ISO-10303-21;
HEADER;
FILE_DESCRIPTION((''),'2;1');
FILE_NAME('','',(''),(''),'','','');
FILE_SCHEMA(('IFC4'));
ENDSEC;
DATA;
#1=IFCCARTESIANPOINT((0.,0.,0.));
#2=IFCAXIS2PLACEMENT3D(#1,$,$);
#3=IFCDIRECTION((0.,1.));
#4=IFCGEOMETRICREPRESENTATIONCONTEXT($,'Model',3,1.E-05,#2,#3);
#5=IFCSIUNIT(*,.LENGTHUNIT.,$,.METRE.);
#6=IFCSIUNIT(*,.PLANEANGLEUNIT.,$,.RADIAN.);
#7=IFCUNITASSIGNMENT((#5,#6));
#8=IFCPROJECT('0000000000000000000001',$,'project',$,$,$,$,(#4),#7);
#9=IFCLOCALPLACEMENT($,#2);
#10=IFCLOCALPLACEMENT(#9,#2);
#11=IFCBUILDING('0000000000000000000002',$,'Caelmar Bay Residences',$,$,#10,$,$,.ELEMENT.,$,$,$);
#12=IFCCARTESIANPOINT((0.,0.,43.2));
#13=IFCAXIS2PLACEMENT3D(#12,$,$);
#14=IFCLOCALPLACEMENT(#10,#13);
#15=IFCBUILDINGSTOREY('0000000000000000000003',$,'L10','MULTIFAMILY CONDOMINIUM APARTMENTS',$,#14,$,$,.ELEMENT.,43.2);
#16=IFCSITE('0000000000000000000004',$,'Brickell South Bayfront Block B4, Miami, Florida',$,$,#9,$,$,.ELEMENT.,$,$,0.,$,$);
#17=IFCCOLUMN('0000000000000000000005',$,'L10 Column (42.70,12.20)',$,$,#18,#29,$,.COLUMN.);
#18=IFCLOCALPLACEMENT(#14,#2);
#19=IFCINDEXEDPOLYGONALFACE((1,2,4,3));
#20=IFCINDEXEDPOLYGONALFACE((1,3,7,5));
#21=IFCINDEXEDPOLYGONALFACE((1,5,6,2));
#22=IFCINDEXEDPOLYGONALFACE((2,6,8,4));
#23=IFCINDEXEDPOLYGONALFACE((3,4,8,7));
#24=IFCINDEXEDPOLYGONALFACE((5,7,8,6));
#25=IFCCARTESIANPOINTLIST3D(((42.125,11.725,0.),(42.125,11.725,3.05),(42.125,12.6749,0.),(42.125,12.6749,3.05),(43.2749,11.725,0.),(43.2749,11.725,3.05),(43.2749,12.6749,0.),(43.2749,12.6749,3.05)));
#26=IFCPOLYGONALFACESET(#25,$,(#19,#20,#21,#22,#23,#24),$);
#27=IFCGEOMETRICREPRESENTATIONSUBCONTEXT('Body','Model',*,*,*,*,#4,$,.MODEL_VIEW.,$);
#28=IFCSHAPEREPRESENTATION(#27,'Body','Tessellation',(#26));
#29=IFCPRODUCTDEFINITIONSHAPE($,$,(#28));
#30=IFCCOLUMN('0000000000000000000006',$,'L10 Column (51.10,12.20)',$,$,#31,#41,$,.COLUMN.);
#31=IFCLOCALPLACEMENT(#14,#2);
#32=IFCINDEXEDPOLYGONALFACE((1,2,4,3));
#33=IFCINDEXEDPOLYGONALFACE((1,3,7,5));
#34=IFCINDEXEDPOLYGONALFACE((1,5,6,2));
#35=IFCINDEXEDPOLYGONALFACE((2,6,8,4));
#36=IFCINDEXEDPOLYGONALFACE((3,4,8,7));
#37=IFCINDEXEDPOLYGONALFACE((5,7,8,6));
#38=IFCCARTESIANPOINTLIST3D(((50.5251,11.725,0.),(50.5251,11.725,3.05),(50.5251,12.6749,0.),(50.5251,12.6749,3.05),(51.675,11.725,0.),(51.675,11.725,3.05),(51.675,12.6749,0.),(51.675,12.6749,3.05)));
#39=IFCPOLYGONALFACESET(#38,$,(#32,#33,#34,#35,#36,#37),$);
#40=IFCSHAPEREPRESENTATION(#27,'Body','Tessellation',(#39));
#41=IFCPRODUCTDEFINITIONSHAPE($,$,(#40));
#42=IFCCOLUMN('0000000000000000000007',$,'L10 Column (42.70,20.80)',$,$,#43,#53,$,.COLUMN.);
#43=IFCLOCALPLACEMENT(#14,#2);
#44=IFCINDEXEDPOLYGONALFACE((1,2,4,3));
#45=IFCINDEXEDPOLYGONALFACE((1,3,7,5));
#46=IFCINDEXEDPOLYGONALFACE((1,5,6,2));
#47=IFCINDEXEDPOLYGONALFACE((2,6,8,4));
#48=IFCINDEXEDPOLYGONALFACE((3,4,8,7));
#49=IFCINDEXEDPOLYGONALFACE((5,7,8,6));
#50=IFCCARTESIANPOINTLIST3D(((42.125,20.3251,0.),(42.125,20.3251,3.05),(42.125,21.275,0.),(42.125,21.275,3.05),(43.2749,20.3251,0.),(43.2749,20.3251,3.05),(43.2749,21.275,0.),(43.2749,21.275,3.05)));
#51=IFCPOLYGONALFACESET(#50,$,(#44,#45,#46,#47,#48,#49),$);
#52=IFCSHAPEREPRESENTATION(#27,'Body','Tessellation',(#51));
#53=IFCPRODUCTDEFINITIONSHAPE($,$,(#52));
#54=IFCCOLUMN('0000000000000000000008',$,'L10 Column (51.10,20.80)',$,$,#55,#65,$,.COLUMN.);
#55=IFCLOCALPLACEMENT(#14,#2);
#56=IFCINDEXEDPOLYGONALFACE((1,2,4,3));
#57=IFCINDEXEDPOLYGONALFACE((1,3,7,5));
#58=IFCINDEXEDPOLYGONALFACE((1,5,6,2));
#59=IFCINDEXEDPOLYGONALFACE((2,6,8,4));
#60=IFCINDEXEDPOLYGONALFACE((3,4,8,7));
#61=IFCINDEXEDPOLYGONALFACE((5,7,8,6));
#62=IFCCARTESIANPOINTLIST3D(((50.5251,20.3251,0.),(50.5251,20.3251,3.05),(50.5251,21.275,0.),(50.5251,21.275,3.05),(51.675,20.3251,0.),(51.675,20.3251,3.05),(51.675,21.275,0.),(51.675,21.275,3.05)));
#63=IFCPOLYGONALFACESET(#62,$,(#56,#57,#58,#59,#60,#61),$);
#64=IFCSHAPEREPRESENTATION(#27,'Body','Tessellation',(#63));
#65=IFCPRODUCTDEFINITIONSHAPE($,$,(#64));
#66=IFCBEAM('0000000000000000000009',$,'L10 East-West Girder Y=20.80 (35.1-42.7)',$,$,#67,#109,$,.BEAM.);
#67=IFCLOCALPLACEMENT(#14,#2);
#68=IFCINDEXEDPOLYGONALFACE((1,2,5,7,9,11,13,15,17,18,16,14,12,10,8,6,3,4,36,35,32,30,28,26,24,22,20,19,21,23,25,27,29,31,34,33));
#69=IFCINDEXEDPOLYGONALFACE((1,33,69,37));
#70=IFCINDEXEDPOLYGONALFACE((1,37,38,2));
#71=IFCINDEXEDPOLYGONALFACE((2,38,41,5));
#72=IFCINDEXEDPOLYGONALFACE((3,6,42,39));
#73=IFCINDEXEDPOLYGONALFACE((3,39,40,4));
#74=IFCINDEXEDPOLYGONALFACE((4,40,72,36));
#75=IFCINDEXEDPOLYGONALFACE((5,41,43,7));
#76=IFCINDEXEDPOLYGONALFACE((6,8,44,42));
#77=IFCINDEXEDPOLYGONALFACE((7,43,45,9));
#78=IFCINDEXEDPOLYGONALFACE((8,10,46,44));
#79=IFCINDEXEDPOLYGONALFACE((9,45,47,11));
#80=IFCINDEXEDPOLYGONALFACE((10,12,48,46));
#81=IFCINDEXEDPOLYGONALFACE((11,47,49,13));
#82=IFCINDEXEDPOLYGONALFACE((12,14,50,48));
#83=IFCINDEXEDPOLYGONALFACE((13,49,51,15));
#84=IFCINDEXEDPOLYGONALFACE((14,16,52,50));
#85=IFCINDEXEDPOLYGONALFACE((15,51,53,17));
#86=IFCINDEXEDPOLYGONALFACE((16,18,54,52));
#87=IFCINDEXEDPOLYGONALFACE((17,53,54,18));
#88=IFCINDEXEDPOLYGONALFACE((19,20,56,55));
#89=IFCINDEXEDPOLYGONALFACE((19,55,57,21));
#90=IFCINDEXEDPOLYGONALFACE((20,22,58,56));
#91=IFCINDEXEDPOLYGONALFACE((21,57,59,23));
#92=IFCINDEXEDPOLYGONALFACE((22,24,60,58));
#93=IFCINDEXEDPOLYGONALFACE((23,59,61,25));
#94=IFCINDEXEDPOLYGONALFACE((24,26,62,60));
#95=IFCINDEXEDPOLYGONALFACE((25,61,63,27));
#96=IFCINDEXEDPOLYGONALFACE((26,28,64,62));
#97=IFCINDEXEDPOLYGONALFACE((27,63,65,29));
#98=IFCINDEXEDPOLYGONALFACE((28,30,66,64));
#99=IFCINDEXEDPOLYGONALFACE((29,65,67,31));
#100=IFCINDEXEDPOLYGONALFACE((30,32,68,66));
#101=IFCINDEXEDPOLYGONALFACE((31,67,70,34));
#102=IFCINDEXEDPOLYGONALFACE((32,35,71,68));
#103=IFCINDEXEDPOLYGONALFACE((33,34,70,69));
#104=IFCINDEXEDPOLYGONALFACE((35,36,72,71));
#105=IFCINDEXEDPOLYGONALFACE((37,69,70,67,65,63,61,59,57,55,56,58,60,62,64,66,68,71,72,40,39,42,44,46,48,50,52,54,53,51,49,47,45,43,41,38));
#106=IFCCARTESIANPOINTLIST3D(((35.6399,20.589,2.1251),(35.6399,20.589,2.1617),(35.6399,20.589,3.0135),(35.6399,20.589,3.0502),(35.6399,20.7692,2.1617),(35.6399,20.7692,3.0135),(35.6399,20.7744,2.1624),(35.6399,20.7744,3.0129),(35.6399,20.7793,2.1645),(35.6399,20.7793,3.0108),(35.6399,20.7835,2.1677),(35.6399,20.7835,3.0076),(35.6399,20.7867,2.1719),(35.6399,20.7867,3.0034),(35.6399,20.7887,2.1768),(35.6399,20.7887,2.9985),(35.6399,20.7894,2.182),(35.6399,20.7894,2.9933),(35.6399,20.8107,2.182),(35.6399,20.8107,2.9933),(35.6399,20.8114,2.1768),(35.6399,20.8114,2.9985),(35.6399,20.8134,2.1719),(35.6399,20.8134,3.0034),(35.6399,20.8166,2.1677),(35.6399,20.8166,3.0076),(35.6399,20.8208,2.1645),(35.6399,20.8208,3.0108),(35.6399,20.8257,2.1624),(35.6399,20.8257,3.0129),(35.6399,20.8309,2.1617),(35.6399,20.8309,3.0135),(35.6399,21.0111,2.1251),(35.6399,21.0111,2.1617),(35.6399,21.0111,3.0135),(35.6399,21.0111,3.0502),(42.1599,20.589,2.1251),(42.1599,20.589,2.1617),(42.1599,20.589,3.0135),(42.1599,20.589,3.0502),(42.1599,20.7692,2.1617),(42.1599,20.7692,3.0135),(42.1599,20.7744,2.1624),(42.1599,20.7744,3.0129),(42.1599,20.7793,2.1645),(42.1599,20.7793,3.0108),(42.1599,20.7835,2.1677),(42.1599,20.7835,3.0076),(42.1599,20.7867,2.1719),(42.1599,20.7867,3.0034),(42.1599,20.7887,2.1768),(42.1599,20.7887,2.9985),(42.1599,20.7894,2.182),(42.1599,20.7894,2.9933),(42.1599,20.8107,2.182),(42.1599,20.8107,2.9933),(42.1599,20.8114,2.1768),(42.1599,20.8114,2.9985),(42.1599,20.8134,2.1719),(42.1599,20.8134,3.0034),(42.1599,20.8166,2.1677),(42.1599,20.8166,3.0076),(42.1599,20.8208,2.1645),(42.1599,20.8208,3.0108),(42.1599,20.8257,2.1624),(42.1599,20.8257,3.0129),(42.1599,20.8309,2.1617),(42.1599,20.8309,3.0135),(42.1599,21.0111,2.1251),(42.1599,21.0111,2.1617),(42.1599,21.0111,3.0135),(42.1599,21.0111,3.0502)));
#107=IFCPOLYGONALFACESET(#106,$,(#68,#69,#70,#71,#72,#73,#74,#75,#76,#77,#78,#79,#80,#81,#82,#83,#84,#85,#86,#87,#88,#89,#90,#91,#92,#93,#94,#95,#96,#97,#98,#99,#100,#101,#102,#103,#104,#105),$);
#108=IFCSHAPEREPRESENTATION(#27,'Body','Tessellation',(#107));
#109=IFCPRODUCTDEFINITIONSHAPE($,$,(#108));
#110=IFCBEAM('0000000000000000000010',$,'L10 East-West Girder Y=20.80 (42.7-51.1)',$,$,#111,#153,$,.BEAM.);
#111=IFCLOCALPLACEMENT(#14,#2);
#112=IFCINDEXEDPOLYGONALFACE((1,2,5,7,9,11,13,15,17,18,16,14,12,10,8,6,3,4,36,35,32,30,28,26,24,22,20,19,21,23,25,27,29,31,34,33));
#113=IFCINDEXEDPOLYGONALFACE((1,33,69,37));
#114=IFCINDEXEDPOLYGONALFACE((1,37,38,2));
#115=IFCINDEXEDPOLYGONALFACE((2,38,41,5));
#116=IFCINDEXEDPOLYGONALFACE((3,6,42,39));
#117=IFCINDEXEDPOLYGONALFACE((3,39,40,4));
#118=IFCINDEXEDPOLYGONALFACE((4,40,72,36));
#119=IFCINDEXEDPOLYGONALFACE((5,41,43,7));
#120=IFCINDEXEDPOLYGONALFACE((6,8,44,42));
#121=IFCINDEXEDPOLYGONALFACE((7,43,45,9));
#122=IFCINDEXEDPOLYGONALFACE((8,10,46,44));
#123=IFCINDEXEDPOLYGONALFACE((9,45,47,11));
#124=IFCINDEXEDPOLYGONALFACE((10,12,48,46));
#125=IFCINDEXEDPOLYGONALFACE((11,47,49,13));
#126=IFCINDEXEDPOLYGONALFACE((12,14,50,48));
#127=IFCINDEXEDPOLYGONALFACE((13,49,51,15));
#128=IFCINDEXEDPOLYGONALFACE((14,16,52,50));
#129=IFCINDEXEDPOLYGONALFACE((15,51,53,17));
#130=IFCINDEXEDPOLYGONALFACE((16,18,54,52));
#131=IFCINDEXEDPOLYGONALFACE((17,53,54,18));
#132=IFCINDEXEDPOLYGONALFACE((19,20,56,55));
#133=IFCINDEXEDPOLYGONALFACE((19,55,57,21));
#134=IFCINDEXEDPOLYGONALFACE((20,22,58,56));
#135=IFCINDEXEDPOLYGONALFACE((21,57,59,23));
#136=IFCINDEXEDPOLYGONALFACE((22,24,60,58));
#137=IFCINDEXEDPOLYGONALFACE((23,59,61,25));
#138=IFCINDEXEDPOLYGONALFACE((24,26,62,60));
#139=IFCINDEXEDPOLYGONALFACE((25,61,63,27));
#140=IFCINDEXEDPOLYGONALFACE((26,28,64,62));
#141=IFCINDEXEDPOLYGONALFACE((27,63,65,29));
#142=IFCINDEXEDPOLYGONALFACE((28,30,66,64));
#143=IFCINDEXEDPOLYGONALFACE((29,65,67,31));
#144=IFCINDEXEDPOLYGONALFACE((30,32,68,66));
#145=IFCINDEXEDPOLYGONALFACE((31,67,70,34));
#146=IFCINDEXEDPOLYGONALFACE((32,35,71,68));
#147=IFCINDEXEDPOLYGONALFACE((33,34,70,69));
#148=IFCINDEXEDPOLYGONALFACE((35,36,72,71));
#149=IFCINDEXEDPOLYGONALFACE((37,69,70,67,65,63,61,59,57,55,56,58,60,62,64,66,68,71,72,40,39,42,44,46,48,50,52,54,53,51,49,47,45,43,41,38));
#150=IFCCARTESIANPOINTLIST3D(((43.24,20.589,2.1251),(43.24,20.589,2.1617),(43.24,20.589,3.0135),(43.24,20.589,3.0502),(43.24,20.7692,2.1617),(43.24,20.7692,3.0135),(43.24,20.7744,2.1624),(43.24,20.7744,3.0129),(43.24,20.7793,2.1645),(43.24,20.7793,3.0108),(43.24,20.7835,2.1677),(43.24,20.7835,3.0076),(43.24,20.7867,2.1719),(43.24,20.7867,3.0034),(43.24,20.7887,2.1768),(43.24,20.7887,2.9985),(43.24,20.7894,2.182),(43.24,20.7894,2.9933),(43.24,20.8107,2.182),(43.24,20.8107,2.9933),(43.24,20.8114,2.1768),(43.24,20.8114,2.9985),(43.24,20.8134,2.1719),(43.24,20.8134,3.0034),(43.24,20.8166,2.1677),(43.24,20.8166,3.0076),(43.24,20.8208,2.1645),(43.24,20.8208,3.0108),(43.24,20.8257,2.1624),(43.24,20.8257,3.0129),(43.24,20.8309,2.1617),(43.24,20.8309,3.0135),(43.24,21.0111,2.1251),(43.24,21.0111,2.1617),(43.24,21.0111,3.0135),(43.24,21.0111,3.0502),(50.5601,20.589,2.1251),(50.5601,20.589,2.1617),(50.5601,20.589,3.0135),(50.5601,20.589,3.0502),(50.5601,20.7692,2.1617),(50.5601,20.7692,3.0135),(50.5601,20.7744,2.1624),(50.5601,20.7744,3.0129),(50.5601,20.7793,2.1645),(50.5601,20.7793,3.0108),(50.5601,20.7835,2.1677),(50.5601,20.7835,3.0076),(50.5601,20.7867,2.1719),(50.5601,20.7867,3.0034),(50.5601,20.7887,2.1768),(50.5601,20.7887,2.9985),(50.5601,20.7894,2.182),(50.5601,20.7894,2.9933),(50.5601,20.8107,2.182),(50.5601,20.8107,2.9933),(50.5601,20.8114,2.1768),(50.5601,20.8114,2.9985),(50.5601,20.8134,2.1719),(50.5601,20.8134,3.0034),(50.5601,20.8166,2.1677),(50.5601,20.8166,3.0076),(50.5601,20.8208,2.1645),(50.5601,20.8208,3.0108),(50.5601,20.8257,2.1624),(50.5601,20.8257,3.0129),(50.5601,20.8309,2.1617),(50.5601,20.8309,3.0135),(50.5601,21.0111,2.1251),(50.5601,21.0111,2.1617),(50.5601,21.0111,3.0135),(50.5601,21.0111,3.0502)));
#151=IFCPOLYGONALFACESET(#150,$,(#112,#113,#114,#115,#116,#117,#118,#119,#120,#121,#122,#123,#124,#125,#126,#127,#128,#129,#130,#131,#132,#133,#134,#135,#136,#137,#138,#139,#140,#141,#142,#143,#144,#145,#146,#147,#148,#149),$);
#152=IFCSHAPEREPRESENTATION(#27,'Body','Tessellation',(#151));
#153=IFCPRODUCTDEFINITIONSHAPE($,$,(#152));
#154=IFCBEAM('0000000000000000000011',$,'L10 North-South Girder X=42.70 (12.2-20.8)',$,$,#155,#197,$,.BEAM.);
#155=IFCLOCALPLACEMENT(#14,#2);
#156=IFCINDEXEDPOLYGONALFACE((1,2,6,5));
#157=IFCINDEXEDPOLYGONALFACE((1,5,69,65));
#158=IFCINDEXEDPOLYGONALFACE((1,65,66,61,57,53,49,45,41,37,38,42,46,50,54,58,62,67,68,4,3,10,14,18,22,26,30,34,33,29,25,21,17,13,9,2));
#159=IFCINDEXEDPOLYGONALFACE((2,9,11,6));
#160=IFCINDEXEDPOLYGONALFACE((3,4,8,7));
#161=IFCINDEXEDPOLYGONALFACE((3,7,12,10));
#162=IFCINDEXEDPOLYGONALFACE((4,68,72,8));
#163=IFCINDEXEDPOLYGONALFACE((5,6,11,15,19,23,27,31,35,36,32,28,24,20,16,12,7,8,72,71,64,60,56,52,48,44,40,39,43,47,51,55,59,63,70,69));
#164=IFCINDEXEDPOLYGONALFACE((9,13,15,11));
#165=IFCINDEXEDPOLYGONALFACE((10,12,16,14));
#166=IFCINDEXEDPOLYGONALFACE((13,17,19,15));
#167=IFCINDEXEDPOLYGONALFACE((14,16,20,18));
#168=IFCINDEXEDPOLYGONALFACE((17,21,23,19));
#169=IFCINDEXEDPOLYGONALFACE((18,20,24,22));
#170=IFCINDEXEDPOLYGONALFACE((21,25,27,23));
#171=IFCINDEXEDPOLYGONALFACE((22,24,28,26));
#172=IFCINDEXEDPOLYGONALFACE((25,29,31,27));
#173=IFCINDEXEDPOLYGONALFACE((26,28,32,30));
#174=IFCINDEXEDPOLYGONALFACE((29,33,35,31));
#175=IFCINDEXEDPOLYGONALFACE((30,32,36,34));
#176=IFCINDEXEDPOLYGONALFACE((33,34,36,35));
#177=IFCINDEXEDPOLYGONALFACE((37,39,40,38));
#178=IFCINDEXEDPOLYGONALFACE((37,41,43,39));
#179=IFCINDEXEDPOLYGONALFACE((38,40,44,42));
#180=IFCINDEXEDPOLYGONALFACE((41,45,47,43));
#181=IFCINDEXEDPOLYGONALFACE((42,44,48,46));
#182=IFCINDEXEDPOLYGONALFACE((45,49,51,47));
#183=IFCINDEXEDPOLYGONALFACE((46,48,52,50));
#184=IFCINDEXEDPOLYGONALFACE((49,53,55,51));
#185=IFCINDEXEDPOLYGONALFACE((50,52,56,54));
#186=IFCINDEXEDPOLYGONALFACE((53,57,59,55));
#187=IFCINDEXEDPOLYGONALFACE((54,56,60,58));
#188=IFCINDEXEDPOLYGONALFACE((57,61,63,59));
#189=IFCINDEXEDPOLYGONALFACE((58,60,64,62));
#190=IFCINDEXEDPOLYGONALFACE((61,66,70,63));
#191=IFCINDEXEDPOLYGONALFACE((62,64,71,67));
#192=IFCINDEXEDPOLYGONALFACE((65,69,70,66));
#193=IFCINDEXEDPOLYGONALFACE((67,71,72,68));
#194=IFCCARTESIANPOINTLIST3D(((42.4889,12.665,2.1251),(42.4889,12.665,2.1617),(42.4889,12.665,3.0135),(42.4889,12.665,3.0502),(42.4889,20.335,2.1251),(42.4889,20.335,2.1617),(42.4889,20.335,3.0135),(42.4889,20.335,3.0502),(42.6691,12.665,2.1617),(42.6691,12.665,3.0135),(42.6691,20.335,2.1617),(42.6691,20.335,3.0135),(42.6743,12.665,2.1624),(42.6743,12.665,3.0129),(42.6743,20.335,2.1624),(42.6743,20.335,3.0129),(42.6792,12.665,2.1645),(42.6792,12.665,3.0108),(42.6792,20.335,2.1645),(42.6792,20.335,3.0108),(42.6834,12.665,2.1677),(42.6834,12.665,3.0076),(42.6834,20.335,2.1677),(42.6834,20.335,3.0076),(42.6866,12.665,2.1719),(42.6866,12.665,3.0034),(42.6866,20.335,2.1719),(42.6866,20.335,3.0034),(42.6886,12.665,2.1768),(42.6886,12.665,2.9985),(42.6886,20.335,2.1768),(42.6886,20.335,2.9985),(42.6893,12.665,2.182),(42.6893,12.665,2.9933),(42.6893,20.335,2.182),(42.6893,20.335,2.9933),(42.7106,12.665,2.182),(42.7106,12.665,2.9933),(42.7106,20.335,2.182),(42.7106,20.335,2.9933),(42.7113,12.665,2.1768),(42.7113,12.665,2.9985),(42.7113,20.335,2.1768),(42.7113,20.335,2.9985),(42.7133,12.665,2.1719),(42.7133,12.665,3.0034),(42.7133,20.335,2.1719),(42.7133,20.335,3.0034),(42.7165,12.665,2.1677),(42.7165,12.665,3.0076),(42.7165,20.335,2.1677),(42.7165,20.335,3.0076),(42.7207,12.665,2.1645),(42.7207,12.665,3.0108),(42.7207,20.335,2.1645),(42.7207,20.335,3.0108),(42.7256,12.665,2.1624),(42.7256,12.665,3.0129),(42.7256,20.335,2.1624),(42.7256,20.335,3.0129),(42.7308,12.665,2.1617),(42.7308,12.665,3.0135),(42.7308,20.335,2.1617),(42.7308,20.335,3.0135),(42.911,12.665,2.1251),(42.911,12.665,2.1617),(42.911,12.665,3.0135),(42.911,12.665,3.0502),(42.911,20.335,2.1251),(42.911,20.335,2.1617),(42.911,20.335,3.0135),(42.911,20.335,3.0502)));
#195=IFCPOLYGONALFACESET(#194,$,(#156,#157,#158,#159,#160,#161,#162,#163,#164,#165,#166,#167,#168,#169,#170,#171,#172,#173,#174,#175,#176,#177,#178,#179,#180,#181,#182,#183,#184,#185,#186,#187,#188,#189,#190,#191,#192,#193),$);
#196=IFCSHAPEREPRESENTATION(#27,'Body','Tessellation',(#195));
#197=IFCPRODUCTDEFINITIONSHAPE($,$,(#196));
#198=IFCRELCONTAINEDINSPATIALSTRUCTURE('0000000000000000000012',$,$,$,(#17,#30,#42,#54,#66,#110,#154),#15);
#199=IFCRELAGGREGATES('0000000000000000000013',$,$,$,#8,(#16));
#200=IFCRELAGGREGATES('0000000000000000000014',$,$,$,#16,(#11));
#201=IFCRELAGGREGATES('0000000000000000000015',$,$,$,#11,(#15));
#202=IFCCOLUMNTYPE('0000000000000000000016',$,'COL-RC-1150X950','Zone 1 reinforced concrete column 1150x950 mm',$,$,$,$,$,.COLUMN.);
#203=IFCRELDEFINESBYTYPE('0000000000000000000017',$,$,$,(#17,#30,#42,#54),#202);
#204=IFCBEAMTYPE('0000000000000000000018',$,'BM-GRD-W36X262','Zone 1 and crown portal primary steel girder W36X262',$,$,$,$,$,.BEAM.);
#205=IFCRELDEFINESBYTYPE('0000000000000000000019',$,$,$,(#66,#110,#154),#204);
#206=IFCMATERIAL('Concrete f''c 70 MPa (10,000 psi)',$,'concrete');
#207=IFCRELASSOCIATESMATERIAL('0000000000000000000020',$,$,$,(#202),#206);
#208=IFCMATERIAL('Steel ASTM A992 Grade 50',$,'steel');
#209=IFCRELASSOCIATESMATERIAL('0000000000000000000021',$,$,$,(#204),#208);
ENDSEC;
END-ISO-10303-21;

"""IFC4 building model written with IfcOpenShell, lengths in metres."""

from ifc_helpers import new_model, si_unit, direction, frame, origin, origin_2d, place, context, subcontext, project, spatial, rectangle, i_section, extrude, material, material_profile, profile_set, type_object, element, save


model = new_model("IFC4")

# Units and contexts
model_context = context("Model", 3, precision=1e-05, world=origin(), true_north=direction((0.0, 1.0)))
body_context = subcontext(model_context, "Body", "Model", "MODEL_VIEW")
ifc_project = project(units=[si_unit("LENGTHUNIT", "METRE"), si_unit("PLANEANGLEUNIT", "RADIAN")], contexts=[model_context])

# Site, building, storey
site_placement = place(None, origin())
site = spatial("IfcSite", under=ifc_project, at=site_placement, Name="Brickell South Bayfront Block B4, Miami, Florida", CompositionType="ELEMENT", RefElevation=0.0)
building_placement = place(site_placement, origin())
building = spatial("IfcBuilding", under=site, at=building_placement, Name="Caelmar Bay Residences", CompositionType="ELEMENT")
storey_placement = place(building_placement, frame((0.0, 0.0, 43.2)))
storey = spatial("IfcBuildingStorey", under=building, at=storey_placement, Name="L10", Description="MULTIFAMILY CONDOMINIUM APARTMENTS", CompositionType="ELEMENT", Elevation=43.2)

# Columns
ifc_material_1 = material(Name="Concrete f'c 70 MPa (10,000 psi)", Category="concrete")
ifc_material_profile_1 = material_profile(ifc_material_1, rectangle(XDim=1.1499, YDim=0.95, at=origin_2d()), Name="RC-COL-1150X950")
ifc_profile_set_1 = profile_set([ifc_material_profile_1], Name="Concrete f'c 70 MPa (10,000 psi)")
column_type = type_object("IfcColumnType", Name="COL-RC-1150X950", Description="Zone 1 reinforced concrete column 1150x950 mm", PredefinedType="COLUMN", material=ifc_profile_set_1)
for number, where, z_axis, x_axis, name in (
    (1, (42.7, 12.2, 0.0), (0.0, 0.0, 1.0), (1.0, 0.0, 0.0), "L10 Column (42.70,12.20)"),
    (2, (51.1001, 12.2, 0.0), (0.0, 0.0, 1.0), (1.0, 0.0, 0.0), "L10 Column (51.10,12.20)"),
    (3, (42.7, 20.8, 0.0), (0.0, 0.0, 1.0), (1.0, 0.0, 0.0), "L10 Column (42.70,20.80)"),
    (4, (51.1001, 20.8, 0.0), (0.0, 0.0, 1.0), (1.0, 0.0, 0.0), "L10 Column (51.10,20.80)"),
):
    element("IfcColumn", number, at=place(storey_placement, frame(where, z_axis=z_axis, x_axis=x_axis)), inside=storey, type_object=column_type, Name=name, PredefinedType="COLUMN", context=body_context, shape_type="SweptSolid", body=[
        extrude(rectangle(XDim=1.1499, YDim=0.95, at=origin_2d()), origin(), (0.0, 0.0, 1.0), 3.05),
    ])

# Beams
ifc_material_2 = material(Name="Steel ASTM A992 Grade 50", Category="steel")
ifc_material_profile_2 = material_profile(ifc_material_2, i_section(OverallWidth=0.4221, OverallDepth=0.925, WebThickness=0.0212, FlangeThickness=0.0366, FilletRadius=0.0203, at=origin_2d()), Name="W36X262")
ifc_profile_set_2 = profile_set([ifc_material_profile_2], Name="Steel ASTM A992 Grade 50")
beam_type_1 = type_object("IfcBeamType", Name="BM-GRD-W36X262", Description="Zone 1 and crown portal primary steel girder W36X262", PredefinedType="BEAM", material=ifc_profile_set_2)
beam_1_placement = place(storey_placement, frame((35.6399, 20.8, 2.5876), z_axis=(1.0, 0.0, 0.0), x_axis=(0.0, 1.0, 0.0)))
element("IfcBeam", 5, at=beam_1_placement, inside=storey, type_object=beam_type_1, Name="L10 East-West Girder Y=20.80 (35.1-42.7)", PredefinedType="BEAM", context=body_context, shape_type="SweptSolid", body=[
    extrude(i_section(OverallWidth=0.4221, OverallDepth=0.925, WebThickness=0.0212, FlangeThickness=0.0366, FilletRadius=0.0203, at=origin_2d()), origin(), (0.0, 0.0, 1.0), 6.52),
])
beam_2_placement = place(storey_placement, frame((43.24, 20.8, 2.5876), z_axis=(1.0, 0.0, 0.0), x_axis=(0.0, 1.0, 0.0)))
element("IfcBeam", 6, at=beam_2_placement, inside=storey, type_object=beam_type_1, Name="L10 East-West Girder Y=20.80 (42.7-51.1)", PredefinedType="BEAM", context=body_context, shape_type="SweptSolid", body=[
    extrude(i_section(OverallWidth=0.4221, OverallDepth=0.925, WebThickness=0.0212, FlangeThickness=0.0366, FilletRadius=0.0203, at=origin_2d()), origin(), (0.0, 0.0, 1.0), 7.3201),
])
beam_3_placement = place(storey_placement, frame((42.7, 12.665, 2.5876), z_axis=(0.0, 1.0, 0.0), x_axis=(-1.0, 0.0, 0.0)))
element("IfcBeam", 7, at=beam_3_placement, inside=storey, type_object=beam_type_1, Name="L10 North-South Girder X=42.70 (12.2-20.8)", PredefinedType="BEAM", context=body_context, shape_type="SweptSolid", body=[
    extrude(i_section(OverallWidth=0.4221, OverallDepth=0.925, WebThickness=0.0212, FlangeThickness=0.0366, FilletRadius=0.0203, at=origin_2d()), origin(), (0.0, 0.0, 1.0), 7.6699),
])

save(model, "model.ifc")
